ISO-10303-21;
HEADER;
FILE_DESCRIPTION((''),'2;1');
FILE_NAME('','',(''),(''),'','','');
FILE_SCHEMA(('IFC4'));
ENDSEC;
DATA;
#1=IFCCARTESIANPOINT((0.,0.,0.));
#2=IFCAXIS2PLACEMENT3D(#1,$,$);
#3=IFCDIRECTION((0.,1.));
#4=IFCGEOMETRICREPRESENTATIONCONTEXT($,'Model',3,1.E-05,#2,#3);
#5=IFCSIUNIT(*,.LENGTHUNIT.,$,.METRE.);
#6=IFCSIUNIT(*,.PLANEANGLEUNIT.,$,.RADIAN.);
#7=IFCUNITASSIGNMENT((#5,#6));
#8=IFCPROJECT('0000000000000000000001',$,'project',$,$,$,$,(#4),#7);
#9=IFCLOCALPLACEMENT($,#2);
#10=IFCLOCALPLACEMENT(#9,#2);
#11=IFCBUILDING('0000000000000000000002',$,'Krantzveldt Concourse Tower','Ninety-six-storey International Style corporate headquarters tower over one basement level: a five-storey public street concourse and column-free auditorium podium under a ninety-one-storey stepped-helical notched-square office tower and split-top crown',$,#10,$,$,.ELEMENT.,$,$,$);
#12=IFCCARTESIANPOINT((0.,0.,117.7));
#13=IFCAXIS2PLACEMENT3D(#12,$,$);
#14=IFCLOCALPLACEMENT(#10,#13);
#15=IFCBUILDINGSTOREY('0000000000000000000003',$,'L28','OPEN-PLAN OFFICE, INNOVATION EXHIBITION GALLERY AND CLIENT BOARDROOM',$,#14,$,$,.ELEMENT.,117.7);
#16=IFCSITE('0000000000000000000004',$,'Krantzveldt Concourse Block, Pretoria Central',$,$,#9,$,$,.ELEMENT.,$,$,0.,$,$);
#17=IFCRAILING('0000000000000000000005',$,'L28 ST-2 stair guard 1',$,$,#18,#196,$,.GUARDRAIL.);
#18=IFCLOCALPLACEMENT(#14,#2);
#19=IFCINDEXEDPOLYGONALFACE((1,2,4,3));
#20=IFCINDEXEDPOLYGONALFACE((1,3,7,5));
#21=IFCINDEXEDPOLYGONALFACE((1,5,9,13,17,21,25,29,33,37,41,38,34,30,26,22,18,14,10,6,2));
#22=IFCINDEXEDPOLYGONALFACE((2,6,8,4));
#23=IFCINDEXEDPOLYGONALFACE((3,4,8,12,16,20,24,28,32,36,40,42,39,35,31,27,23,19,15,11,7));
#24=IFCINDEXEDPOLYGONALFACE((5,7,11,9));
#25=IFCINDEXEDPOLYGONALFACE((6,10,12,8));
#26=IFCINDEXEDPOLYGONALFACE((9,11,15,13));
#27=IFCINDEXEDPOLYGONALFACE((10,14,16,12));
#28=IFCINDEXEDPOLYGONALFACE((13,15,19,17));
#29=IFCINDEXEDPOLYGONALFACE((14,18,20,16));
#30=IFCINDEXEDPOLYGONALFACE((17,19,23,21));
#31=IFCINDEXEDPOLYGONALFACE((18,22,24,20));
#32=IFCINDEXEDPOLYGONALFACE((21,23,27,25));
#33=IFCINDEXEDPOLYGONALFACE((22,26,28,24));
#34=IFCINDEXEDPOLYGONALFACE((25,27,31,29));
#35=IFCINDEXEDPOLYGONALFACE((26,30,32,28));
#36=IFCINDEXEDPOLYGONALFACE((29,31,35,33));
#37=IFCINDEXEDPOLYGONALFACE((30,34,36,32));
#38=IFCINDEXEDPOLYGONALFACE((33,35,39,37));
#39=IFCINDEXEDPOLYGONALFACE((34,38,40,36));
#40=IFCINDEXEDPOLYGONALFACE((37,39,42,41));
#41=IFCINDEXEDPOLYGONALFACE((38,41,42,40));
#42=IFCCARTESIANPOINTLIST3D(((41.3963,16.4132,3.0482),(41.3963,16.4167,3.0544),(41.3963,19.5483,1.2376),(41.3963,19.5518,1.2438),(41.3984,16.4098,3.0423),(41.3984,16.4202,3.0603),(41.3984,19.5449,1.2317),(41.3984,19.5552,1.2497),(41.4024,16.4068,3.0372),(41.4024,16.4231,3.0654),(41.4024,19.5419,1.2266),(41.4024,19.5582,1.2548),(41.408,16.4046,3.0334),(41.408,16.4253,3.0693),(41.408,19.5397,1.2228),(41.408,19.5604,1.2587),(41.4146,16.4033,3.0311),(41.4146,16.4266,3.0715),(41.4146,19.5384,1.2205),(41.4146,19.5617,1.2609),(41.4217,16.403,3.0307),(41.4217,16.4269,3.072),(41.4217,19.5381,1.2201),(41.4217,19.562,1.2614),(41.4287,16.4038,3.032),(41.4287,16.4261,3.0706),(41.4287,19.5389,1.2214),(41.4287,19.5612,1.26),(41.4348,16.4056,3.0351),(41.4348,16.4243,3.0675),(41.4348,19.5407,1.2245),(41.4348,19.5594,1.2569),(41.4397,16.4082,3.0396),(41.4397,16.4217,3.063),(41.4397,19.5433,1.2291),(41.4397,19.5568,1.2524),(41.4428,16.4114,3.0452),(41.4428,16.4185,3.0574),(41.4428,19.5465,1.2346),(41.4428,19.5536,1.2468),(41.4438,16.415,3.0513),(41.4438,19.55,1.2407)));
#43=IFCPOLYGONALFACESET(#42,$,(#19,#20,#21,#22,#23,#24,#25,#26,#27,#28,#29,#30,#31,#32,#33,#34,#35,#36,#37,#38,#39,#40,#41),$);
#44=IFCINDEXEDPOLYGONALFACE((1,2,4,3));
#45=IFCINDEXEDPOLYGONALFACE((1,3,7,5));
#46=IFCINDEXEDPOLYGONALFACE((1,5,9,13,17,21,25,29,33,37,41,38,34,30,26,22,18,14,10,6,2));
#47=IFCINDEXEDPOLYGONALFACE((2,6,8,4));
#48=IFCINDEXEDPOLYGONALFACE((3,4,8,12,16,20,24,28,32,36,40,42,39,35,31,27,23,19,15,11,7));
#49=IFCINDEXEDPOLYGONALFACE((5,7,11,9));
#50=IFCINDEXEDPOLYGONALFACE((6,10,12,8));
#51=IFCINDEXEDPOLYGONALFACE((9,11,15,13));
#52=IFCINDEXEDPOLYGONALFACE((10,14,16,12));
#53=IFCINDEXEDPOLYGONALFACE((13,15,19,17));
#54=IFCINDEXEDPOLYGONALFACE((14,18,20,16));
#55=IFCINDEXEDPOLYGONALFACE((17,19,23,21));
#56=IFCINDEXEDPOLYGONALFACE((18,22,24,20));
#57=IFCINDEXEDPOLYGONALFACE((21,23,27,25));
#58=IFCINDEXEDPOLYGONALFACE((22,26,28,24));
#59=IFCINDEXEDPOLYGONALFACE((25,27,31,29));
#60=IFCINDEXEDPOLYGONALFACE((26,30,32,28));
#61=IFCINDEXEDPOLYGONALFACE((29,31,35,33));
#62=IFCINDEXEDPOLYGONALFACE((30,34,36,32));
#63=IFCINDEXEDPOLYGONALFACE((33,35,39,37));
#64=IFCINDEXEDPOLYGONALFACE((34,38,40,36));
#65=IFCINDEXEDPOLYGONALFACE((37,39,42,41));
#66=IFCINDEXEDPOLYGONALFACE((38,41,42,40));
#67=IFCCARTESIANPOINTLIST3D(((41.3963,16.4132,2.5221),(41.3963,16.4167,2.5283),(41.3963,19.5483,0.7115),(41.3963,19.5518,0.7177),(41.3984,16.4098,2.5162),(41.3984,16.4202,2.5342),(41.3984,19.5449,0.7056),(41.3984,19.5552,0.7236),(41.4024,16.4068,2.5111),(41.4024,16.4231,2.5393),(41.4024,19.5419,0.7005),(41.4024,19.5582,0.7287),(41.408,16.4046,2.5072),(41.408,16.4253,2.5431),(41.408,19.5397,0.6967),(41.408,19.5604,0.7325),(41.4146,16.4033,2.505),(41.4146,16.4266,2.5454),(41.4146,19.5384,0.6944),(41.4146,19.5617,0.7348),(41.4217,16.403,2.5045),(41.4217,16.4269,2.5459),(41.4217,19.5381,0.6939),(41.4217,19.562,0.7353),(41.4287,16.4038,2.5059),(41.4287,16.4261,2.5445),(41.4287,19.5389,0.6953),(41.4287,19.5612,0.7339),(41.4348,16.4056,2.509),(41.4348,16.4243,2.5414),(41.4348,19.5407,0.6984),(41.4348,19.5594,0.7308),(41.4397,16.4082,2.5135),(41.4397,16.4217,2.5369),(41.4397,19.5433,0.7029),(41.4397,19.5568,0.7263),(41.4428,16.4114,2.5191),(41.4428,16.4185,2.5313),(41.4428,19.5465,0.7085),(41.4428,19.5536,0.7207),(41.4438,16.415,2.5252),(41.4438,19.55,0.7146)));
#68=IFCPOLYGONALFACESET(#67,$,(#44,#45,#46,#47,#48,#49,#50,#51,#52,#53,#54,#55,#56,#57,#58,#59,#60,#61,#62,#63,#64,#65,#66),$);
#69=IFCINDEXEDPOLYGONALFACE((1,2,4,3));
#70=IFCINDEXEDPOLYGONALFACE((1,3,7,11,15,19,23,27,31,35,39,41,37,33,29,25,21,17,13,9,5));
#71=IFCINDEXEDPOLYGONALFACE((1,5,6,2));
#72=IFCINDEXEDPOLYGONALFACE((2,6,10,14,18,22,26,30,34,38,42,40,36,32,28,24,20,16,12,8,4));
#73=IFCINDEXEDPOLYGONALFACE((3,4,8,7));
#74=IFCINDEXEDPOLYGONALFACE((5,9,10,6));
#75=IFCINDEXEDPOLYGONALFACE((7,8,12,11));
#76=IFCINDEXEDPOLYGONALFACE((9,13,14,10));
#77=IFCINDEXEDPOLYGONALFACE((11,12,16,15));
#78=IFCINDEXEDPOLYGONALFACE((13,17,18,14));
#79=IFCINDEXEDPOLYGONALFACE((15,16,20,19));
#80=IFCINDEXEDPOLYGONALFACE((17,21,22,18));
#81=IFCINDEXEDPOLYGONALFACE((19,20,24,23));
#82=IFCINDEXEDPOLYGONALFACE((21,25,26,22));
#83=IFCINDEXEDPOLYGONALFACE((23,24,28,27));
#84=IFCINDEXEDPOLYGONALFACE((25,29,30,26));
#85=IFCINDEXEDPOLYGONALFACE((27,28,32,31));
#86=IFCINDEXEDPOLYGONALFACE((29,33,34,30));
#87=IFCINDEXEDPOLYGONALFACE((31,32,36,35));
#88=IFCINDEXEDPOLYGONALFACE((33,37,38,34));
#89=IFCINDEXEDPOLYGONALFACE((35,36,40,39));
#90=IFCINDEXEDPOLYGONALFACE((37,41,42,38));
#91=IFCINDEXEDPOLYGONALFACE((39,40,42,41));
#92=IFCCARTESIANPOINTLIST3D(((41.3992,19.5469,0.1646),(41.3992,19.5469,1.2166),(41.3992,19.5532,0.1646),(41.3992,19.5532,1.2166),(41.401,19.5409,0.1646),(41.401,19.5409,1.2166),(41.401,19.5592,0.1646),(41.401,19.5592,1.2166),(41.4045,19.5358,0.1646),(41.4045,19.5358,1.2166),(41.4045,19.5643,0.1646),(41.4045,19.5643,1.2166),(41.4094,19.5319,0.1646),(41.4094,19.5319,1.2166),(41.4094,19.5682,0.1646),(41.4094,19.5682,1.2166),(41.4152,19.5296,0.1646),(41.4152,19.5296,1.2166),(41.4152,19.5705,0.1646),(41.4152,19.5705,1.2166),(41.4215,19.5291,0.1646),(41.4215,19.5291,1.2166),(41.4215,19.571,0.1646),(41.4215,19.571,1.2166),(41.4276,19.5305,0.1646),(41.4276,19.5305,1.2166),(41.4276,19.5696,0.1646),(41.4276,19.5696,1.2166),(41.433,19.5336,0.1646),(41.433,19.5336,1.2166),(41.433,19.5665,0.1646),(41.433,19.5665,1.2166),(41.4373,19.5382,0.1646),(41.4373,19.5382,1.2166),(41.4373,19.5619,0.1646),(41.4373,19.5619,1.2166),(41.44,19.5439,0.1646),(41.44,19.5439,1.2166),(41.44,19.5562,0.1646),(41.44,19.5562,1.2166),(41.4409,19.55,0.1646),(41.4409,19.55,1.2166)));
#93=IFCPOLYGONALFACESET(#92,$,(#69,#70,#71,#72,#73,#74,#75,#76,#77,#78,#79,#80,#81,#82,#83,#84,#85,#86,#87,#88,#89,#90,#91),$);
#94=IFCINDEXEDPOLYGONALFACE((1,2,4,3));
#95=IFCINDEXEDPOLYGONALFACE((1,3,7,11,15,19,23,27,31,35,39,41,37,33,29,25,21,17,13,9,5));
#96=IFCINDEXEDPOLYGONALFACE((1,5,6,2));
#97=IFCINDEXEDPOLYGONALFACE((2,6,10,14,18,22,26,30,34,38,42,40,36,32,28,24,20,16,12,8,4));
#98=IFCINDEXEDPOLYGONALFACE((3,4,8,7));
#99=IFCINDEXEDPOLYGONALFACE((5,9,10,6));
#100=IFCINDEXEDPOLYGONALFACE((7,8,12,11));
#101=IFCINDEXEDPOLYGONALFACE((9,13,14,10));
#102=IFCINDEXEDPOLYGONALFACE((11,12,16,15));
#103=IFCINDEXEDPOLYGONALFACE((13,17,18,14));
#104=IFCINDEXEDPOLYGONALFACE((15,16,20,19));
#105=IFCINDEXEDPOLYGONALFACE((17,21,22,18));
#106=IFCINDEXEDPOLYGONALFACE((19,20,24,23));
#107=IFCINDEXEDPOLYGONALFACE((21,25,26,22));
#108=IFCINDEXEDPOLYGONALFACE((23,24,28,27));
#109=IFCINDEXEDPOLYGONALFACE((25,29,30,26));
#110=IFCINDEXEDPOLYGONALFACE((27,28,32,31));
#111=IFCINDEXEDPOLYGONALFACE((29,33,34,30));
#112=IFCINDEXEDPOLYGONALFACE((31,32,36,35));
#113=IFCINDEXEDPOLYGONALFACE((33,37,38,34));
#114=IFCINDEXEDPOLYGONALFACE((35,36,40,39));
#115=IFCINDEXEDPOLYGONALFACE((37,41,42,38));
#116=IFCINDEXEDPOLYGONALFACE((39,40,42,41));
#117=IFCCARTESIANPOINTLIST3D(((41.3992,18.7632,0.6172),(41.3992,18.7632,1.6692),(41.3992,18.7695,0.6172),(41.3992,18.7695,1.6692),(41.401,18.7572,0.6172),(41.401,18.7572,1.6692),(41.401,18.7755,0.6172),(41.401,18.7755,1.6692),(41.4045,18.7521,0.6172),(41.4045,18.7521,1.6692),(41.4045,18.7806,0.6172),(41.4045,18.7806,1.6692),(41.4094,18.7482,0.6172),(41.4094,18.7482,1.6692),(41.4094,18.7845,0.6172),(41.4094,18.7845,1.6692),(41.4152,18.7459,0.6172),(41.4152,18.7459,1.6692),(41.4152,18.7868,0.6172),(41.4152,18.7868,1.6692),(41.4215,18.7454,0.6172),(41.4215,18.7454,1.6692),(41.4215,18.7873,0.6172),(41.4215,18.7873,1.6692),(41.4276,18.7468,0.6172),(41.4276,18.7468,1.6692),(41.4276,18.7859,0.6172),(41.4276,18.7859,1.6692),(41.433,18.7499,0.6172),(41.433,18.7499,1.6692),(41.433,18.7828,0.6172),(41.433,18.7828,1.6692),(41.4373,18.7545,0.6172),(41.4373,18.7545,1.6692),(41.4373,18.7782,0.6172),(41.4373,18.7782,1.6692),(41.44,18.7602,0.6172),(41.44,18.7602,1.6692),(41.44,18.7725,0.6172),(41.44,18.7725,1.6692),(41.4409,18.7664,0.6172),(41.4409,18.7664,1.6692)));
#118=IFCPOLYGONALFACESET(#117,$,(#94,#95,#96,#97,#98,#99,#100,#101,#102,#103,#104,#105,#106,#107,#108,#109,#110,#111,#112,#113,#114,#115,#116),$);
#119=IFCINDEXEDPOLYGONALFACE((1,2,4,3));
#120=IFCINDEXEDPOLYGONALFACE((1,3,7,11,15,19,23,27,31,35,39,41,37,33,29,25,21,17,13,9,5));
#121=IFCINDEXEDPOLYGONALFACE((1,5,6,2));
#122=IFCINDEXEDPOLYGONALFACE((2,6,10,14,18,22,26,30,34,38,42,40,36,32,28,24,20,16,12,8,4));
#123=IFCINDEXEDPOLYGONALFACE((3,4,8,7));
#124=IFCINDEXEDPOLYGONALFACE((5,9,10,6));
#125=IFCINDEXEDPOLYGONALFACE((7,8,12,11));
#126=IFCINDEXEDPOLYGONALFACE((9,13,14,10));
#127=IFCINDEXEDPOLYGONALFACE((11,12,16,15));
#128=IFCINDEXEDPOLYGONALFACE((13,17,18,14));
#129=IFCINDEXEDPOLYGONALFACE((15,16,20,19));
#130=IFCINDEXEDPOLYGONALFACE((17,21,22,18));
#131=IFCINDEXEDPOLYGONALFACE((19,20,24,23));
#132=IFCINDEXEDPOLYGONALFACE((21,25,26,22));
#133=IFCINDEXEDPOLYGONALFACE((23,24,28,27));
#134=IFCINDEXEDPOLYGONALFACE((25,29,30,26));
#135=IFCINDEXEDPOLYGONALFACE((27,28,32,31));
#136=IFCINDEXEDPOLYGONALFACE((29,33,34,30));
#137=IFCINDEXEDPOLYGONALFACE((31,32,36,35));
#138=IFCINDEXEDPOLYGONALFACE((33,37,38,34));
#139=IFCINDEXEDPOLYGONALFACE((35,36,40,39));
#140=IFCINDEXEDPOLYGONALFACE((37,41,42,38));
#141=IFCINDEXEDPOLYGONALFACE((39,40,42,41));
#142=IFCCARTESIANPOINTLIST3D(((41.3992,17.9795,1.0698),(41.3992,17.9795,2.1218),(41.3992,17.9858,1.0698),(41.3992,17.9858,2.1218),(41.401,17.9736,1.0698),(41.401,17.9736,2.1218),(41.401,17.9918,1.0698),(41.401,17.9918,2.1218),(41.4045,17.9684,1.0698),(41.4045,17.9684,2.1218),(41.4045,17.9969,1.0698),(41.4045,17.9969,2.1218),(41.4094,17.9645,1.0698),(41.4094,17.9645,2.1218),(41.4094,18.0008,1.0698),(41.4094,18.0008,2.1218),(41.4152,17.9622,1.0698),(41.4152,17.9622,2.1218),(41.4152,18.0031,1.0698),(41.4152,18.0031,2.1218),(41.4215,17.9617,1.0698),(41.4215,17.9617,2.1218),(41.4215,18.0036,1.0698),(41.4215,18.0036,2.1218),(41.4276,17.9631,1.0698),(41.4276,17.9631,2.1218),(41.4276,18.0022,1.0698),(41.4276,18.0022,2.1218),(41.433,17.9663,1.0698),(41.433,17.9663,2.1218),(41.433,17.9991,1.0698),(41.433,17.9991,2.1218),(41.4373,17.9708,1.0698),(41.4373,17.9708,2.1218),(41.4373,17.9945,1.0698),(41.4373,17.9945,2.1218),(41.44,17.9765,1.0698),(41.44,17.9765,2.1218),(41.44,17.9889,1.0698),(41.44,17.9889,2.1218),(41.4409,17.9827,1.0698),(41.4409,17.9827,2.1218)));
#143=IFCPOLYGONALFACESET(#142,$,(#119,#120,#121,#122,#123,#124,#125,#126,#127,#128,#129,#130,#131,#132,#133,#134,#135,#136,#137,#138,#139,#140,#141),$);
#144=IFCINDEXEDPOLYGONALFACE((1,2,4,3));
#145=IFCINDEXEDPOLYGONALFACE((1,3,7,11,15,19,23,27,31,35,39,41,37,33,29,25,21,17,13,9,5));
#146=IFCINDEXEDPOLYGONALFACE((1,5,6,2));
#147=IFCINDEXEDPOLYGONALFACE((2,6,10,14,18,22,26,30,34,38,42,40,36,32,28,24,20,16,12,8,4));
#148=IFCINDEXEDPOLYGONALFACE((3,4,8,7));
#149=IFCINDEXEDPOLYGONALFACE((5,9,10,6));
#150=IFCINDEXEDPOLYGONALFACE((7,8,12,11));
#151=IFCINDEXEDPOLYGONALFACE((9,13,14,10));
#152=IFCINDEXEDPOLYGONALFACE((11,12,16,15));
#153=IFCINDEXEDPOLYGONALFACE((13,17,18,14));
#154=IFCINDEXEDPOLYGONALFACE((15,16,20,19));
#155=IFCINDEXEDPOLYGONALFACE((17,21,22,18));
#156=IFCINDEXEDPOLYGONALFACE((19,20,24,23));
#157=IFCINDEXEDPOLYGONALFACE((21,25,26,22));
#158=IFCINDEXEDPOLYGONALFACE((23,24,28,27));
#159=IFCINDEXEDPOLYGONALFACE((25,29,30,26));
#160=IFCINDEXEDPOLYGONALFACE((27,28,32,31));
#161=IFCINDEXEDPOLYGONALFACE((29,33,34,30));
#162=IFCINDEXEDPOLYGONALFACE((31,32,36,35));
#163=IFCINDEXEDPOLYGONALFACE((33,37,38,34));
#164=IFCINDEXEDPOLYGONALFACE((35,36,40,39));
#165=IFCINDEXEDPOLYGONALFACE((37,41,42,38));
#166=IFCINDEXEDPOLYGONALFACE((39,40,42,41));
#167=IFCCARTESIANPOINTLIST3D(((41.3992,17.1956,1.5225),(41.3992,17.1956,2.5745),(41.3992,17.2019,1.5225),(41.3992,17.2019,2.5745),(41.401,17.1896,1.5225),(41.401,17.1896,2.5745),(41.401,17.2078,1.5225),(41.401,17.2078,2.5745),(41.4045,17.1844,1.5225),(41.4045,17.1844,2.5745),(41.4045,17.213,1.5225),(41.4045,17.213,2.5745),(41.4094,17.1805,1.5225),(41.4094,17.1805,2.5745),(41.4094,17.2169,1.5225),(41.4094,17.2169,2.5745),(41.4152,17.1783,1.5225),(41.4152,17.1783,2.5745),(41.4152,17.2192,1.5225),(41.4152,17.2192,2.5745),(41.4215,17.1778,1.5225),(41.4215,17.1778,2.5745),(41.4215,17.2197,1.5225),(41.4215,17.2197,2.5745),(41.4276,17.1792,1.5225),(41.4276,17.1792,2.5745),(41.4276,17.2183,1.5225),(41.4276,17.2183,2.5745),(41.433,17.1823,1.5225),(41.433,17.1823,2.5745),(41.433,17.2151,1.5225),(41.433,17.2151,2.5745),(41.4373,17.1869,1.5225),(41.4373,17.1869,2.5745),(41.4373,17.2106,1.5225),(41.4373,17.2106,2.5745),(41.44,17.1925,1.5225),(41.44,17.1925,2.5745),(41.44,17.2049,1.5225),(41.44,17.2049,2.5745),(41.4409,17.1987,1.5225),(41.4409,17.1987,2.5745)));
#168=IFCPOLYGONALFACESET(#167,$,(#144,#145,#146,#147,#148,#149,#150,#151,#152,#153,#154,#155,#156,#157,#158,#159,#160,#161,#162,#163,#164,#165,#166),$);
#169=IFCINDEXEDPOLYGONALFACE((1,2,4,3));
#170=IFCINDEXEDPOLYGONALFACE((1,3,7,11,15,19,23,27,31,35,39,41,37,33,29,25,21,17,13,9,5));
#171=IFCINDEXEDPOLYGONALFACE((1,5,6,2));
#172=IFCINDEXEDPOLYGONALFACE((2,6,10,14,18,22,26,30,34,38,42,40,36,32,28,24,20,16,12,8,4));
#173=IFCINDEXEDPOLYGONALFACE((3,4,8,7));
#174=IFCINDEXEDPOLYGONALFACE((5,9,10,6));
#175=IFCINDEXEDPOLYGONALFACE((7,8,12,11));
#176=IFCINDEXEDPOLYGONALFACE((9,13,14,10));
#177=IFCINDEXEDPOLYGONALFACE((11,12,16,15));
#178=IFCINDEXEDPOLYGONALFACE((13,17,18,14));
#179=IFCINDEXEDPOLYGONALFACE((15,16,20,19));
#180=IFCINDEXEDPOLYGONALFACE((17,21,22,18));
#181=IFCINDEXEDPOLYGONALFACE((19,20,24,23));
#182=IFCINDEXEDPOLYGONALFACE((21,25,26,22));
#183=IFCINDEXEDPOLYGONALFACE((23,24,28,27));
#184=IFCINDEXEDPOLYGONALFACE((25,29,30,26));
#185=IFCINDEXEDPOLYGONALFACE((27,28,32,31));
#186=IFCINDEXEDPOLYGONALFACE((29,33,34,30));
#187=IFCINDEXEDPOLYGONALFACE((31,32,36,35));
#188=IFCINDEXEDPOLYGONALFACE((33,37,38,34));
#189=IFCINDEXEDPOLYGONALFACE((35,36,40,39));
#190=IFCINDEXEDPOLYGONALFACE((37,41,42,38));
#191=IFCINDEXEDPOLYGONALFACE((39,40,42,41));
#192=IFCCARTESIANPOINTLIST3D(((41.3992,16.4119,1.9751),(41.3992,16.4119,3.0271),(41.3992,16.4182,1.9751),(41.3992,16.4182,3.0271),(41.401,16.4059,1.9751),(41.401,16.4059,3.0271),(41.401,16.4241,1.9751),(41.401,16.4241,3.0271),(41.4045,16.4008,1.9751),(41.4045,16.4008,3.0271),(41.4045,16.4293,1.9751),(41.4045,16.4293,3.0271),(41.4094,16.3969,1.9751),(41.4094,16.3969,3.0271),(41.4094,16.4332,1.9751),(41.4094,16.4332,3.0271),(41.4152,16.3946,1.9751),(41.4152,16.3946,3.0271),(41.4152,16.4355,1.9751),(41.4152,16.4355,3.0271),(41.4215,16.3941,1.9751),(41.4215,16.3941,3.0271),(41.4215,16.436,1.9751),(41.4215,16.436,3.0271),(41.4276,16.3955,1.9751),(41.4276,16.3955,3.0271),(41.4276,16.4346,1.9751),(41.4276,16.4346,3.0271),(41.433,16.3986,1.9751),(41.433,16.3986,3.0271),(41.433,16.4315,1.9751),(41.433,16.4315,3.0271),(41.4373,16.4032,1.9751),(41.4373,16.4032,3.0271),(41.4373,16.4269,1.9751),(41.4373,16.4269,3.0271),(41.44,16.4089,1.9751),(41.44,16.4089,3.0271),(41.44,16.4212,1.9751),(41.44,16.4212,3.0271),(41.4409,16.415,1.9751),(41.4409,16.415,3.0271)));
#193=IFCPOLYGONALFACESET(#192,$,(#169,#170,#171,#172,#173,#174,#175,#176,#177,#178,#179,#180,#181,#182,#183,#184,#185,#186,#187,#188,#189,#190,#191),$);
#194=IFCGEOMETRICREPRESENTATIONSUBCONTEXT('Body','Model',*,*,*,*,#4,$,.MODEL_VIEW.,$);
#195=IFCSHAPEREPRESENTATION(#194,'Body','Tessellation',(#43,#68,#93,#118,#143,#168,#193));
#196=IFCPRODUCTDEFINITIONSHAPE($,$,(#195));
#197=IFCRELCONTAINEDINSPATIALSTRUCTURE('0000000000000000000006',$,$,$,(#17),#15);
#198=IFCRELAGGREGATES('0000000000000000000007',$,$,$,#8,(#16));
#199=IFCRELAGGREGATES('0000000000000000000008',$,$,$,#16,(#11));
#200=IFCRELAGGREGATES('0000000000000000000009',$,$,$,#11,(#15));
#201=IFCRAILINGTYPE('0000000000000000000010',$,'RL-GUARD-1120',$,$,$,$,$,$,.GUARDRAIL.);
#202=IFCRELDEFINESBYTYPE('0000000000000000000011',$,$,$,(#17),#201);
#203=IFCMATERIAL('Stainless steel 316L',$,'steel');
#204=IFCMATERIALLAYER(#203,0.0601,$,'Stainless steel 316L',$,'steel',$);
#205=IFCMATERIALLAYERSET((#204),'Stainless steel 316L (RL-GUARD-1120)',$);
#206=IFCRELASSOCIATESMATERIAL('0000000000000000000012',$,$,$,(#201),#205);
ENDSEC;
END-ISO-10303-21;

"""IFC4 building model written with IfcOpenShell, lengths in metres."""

from ifc_helpers import new_model, si_unit, direction, frame, origin, origin_2d, place, context, subcontext, project, spatial, circle, extrude, material, layer, layer_set, type_object, element, save


model = new_model("IFC4")

# Units and contexts
model_context = context("Model", 3, precision=1e-05, world=origin(), true_north=direction((0.0, 1.0)))
body_context = subcontext(model_context, "Body", "Model", "MODEL_VIEW")
ifc_project = project(units=[si_unit("LENGTHUNIT", "METRE"), si_unit("PLANEANGLEUNIT", "RADIAN")], contexts=[model_context])

# Site, building, storey
site_placement = place(None, origin())
site = spatial("IfcSite", under=ifc_project, at=site_placement, Name="Krantzveldt Concourse Block, Pretoria Central", CompositionType="ELEMENT", RefElevation=0.0)
building_placement = place(site_placement, origin())
building = spatial("IfcBuilding", under=site, at=building_placement, Name="Krantzveldt Concourse Tower", Description="Ninety-six-storey International Style corporate headquarters tower over one basement level: a five-storey public street concourse and column-free auditorium podium under a ninety-one-storey stepped-helical notched-square office tower and split-top crown", CompositionType="ELEMENT")
storey_placement = place(building_placement, frame((0.0, 0.0, 117.7)))
storey = spatial("IfcBuildingStorey", under=building, at=storey_placement, Name="L28", Description="OPEN-PLAN OFFICE, INNOVATION EXHIBITION GALLERY AND CLIENT BOARDROOM", CompositionType="ELEMENT", Elevation=117.7)

# Shared definitions
ifc_material_1 = material(Name="Stainless steel 316L", Category="steel")

# Railing
ifc_layer_1 = layer(ifc_material_1, 0.0601, Name="Stainless steel 316L", Category="steel")
ifc_layer_set_1 = layer_set([ifc_layer_1], Name="Stainless steel 316L (RL-GUARD-1120)")
railing_type_1 = type_object("IfcRailingType", Name="RL-GUARD-1120", PredefinedType="GUARDRAIL", material=ifc_layer_set_1)
railing_1_placement = place(storey_placement, frame((41.4199, 19.55, 0.1646)))
element("IfcRailing", 1, at=railing_1_placement, inside=storey, type_object=railing_type_1, Name="L28 ST-2 stair guard 1", PredefinedType="GUARDRAIL", context=body_context, shape_type="SweptSolid", body=[
    extrude(circle(Radius=0.0239, at=origin_2d()), frame((0.0, 0.0, 1.0762), z_axis=(0.0, -0.86596, 0.500114), x_axis=(1.0, 0.0, 0.0)), (0.0, 0.0, 1.0), 3.6204),
    extrude(circle(Radius=0.0239, at=origin_2d()), frame((0.0, 0.0, 0.55), z_axis=(0.0, -0.86596, 0.500114), x_axis=(1.0, 0.0, 0.0)), (0.0, 0.0, 1.0), 3.6204),
    extrude(circle(Radius=0.021, at=origin_2d()), origin(), (0.0, 0.0, 1.0), 1.052),
    extrude(circle(Radius=0.021, at=origin_2d()), frame((0.0, -0.7837, 0.4526)), (0.0, 0.0, 1.0), 1.052),
    extrude(circle(Radius=0.021, at=origin_2d()), frame((0.0, -1.5674, 0.9053)), (0.0, 0.0, 1.0), 1.052),
    extrude(circle(Radius=0.021, at=origin_2d()), frame((0.0, -2.3513, 1.3579)), (0.0, 0.0, 1.0), 1.052),
    extrude(circle(Radius=0.021, at=origin_2d()), frame((0.0, -3.135, 1.8105)), (0.0, 0.0, 1.0), 1.052),
])

save(model, "model.ifc")
